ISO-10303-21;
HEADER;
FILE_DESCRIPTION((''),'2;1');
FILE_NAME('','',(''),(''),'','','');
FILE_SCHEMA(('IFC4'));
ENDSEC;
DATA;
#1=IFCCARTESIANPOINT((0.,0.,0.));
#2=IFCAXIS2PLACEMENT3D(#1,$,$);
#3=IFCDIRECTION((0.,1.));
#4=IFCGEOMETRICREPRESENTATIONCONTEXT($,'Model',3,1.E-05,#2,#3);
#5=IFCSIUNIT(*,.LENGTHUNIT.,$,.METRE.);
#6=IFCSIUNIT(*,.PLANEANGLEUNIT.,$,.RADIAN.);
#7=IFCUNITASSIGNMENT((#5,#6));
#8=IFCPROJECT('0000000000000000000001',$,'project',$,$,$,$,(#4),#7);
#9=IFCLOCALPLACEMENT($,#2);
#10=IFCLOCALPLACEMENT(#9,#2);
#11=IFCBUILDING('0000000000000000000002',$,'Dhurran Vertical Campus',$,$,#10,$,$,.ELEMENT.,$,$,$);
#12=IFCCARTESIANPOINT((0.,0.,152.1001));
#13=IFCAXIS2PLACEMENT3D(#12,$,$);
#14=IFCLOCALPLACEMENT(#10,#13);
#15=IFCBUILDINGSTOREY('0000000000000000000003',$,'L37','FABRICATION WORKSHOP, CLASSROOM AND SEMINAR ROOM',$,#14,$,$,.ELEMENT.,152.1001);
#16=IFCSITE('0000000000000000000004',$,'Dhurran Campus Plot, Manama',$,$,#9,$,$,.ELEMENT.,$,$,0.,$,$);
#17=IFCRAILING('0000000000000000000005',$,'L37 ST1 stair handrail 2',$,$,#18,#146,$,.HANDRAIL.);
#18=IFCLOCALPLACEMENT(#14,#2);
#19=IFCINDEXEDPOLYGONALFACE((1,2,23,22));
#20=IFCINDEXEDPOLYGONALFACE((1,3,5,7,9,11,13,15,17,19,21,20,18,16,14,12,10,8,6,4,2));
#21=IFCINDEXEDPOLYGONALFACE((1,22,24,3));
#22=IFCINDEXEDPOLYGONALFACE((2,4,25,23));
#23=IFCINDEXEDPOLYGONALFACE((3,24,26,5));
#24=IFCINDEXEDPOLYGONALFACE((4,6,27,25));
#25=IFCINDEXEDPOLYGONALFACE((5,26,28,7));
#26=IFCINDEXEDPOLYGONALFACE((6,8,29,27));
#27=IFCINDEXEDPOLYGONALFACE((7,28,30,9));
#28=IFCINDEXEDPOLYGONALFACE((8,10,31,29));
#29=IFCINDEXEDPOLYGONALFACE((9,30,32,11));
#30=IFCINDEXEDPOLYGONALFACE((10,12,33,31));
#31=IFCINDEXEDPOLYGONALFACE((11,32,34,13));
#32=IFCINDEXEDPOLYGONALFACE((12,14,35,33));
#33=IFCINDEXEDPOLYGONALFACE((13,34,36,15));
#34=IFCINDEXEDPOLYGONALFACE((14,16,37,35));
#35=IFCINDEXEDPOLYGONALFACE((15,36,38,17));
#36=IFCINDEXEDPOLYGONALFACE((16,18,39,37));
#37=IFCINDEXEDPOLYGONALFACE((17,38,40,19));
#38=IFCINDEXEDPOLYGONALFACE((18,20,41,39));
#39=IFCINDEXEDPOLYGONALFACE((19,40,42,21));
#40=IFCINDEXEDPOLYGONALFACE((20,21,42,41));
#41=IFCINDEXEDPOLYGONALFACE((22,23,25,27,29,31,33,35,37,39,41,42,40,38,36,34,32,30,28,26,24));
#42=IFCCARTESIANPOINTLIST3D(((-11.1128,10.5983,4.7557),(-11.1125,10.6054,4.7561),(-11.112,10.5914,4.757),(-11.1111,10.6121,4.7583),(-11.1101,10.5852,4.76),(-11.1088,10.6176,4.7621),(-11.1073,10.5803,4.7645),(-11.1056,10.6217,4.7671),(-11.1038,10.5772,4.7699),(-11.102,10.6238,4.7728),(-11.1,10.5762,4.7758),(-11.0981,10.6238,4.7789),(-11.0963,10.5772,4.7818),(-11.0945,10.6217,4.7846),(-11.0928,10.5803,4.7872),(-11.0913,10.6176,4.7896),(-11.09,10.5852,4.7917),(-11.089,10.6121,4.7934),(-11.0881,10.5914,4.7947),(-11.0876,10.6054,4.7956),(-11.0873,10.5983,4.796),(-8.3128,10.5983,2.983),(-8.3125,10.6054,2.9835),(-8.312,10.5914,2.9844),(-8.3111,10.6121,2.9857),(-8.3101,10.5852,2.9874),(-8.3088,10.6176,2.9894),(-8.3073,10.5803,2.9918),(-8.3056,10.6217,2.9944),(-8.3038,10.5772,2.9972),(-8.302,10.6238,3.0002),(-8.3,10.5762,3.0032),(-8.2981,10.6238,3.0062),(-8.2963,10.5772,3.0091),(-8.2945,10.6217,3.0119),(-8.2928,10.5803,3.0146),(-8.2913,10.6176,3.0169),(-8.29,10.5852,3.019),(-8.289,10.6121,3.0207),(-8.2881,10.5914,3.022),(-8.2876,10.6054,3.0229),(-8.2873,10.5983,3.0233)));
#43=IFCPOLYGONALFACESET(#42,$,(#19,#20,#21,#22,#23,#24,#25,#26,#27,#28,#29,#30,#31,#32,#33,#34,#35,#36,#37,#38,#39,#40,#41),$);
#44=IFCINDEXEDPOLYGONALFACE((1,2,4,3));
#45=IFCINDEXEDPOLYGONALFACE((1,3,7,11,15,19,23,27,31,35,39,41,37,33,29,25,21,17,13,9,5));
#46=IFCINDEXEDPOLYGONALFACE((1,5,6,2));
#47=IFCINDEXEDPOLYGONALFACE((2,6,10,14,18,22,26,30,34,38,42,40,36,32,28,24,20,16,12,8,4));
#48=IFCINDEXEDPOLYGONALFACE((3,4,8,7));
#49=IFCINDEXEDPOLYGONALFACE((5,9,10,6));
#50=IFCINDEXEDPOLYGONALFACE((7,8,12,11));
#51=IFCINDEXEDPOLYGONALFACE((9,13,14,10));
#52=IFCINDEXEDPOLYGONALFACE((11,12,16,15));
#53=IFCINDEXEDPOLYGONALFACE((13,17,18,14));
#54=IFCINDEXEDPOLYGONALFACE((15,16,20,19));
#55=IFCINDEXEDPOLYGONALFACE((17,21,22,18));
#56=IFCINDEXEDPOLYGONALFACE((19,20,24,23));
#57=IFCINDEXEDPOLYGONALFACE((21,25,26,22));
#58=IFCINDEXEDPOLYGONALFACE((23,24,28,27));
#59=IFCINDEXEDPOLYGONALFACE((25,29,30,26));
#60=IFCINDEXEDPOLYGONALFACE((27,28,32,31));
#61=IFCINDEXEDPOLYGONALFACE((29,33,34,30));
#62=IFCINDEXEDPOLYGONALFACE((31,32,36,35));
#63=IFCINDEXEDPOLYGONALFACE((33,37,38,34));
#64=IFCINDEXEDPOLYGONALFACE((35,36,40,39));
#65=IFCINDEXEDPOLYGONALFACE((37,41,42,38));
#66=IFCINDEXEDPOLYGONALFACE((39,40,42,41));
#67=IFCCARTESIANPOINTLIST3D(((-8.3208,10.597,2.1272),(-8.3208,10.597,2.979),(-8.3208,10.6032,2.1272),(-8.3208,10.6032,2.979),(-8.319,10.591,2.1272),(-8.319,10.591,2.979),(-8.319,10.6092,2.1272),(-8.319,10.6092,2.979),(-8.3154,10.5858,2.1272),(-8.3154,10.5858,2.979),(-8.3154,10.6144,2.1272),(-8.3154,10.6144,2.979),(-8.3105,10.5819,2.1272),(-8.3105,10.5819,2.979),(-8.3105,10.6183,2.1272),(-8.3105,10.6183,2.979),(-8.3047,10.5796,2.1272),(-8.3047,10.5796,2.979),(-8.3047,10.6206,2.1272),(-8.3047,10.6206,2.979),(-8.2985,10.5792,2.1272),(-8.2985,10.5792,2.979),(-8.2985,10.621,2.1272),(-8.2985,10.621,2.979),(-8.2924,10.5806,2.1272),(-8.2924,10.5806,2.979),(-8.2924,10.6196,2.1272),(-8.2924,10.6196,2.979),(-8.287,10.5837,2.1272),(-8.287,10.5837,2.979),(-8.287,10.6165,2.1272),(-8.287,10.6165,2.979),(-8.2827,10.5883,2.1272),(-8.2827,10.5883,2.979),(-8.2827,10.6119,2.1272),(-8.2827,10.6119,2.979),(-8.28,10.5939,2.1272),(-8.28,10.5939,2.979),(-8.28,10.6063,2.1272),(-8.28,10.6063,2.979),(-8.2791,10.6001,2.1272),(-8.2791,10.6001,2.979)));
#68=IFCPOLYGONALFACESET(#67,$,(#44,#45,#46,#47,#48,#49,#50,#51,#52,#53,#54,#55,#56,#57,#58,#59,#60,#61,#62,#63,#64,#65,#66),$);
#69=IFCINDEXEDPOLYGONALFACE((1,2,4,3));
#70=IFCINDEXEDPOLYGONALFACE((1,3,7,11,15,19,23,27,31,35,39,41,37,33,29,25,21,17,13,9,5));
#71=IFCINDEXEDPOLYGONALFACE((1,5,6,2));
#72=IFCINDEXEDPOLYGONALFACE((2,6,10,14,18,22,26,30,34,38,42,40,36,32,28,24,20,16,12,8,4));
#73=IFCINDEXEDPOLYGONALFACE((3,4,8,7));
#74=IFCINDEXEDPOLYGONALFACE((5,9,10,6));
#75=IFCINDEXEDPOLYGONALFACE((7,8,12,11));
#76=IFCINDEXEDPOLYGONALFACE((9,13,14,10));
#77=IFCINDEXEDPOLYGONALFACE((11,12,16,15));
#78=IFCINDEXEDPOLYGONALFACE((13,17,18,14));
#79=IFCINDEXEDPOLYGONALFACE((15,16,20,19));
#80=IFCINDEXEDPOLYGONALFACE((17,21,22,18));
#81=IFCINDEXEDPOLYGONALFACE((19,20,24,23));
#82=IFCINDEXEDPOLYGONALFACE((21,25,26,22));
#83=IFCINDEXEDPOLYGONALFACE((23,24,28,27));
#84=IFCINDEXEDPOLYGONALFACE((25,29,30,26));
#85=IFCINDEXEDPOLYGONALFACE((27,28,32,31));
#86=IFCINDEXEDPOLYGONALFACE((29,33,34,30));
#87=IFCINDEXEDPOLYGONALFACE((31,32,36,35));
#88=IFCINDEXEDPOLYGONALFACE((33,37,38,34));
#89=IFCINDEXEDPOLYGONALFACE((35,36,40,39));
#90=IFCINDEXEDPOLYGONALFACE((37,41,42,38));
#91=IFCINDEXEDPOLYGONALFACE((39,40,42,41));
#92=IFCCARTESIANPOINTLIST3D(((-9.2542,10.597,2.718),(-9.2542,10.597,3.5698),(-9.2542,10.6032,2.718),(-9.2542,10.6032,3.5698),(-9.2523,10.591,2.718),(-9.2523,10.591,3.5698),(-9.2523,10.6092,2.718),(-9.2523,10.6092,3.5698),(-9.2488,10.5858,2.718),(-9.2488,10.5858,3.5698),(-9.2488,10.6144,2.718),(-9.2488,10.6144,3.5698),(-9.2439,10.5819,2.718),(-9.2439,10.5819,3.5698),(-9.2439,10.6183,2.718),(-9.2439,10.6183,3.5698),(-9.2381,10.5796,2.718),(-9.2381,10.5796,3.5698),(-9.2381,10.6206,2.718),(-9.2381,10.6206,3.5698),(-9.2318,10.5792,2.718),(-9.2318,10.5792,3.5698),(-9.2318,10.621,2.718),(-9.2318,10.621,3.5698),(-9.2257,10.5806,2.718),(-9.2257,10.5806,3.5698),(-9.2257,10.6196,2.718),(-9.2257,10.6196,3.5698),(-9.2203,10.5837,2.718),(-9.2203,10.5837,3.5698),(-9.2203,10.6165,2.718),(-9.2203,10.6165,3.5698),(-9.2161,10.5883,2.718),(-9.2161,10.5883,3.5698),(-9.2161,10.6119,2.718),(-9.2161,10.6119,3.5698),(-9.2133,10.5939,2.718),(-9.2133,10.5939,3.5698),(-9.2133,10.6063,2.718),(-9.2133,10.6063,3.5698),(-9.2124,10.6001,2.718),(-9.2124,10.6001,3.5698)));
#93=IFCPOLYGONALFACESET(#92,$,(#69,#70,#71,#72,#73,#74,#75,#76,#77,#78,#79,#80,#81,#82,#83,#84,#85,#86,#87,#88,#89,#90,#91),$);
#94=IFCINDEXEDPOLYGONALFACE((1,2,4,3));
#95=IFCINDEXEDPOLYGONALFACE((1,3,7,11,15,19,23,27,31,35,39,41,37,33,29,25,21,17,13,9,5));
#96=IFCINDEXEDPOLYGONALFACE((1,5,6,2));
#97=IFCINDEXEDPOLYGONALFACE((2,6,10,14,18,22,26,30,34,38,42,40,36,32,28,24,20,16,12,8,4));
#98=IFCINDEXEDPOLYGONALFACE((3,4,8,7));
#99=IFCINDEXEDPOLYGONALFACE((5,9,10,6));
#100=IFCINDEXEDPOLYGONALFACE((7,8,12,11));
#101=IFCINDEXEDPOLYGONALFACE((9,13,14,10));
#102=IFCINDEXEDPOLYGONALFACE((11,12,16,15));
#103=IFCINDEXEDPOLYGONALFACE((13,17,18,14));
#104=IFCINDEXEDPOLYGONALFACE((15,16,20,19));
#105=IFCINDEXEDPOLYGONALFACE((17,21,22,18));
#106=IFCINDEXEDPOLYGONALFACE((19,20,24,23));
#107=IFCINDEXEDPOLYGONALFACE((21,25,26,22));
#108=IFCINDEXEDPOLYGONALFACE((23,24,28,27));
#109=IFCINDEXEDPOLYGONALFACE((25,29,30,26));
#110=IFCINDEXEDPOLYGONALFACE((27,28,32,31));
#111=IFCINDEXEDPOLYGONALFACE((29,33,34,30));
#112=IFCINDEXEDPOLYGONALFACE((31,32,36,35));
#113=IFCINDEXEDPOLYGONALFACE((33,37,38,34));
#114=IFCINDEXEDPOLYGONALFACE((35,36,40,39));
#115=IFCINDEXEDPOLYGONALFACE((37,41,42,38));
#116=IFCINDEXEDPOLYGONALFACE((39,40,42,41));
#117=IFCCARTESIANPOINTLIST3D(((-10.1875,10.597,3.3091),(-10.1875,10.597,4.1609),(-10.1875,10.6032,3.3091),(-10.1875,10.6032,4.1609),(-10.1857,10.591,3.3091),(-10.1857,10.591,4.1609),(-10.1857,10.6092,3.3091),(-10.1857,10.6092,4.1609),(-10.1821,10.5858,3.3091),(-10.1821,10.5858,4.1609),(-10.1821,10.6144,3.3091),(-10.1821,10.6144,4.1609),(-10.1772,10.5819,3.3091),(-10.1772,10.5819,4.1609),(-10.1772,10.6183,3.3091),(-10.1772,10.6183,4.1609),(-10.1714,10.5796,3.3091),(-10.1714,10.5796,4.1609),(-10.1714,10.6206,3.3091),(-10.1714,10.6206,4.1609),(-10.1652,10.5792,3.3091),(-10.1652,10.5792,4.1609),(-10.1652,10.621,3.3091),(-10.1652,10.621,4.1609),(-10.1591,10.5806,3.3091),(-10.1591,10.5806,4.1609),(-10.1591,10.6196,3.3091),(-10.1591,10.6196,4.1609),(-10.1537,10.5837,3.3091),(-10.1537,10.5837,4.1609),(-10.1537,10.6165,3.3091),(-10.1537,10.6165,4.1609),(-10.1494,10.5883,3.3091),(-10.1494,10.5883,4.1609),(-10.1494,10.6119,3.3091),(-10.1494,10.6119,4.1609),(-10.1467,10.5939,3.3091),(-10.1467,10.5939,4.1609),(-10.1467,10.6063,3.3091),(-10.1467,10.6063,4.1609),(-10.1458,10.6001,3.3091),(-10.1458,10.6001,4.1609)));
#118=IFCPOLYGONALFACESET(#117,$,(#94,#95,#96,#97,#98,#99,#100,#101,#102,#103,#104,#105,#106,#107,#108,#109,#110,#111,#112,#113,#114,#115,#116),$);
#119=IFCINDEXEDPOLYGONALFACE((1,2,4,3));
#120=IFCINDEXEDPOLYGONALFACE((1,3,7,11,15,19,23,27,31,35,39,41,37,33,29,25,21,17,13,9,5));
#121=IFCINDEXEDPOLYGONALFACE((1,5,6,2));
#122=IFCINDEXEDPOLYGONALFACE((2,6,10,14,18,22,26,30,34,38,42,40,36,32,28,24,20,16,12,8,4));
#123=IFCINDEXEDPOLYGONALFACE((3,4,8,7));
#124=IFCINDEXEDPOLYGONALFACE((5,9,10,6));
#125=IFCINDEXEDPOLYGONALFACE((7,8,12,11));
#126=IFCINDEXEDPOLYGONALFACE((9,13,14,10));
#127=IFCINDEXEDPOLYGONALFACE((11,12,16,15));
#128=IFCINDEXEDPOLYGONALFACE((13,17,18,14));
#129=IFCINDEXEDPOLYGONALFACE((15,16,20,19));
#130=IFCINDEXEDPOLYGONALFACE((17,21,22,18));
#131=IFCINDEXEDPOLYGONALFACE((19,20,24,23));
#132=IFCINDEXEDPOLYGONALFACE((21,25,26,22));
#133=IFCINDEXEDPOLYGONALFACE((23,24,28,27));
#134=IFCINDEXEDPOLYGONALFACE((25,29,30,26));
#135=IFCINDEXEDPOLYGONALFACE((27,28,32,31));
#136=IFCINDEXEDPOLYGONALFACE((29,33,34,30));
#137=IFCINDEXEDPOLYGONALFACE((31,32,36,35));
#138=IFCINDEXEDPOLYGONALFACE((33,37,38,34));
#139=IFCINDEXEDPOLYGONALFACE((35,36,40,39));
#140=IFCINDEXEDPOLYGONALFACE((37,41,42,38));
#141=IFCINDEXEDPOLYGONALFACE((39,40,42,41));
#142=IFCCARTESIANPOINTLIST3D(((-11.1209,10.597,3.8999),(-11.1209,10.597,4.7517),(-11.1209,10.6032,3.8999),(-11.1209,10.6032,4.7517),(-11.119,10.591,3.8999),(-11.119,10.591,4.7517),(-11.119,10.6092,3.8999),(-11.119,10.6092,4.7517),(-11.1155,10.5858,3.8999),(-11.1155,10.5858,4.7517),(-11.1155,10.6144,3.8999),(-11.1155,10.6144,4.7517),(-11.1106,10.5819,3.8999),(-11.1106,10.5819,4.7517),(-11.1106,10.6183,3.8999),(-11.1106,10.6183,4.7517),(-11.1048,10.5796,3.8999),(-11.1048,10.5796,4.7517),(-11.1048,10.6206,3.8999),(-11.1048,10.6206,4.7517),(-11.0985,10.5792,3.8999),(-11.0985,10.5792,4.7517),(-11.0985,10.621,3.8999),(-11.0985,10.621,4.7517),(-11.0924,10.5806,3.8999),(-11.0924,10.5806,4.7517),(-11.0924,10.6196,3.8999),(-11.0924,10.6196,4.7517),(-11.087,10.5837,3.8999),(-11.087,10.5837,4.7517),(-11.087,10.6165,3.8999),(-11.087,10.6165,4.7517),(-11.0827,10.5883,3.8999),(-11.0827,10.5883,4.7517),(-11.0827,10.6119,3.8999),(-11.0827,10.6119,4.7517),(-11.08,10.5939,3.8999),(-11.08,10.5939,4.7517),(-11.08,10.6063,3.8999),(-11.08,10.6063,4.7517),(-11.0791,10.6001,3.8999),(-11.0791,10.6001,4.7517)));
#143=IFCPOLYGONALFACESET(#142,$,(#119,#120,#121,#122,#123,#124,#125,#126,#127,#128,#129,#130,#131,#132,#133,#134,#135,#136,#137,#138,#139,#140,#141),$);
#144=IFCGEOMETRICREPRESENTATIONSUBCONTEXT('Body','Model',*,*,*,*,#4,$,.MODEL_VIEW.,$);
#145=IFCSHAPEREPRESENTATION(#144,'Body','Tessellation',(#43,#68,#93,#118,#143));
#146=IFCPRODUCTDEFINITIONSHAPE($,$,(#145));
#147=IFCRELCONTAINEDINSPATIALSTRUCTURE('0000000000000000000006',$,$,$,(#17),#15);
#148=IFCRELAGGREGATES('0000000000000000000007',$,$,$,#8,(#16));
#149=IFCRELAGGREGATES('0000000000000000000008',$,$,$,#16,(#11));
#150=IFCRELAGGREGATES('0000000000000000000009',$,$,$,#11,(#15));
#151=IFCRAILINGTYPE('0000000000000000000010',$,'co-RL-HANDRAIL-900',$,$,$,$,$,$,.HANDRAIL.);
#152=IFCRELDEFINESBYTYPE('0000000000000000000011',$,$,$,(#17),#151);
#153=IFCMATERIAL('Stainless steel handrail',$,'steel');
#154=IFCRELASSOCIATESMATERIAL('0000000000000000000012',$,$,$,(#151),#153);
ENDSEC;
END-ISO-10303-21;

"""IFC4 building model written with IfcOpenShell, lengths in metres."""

from ifc_helpers import new_model, si_unit, direction, frame, origin, origin_2d, place, context, subcontext, project, spatial, circle, extrude, material, type_object, element, save


model = new_model("IFC4")

# Units and contexts
model_context = context("Model", 3, precision=1e-05, world=origin(), true_north=direction((0.0, 1.0)))
body_context = subcontext(model_context, "Body", "Model", "MODEL_VIEW")
ifc_project = project(units=[si_unit("LENGTHUNIT", "METRE"), si_unit("PLANEANGLEUNIT", "RADIAN")], contexts=[model_context])

# Site, building, storey
site_placement = place(None, origin())
site = spatial("IfcSite", under=ifc_project, at=site_placement, Name="Dhurran Campus Plot, Manama", CompositionType="ELEMENT", RefElevation=0.0)
building_placement = place(site_placement, origin())
building = spatial("IfcBuilding", under=site, at=building_placement, Name="Dhurran Vertical Campus", CompositionType="ELEMENT")
storey_placement = place(building_placement, frame((0.0, 0.0, 152.1001)))
storey = spatial("IfcBuildingStorey", under=building, at=storey_placement, Name="L37", Description="FABRICATION WORKSHOP, CLASSROOM AND SEMINAR ROOM", CompositionType="ELEMENT", Elevation=152.1001)

# Railing
ifc_material_1 = material(Name="Stainless steel handrail", Category="steel")
railing_type_1 = type_object("IfcRailingType", Name="co-RL-HANDRAIL-900", PredefinedType="HANDRAIL", material=ifc_material_1)
railing_1_placement = place(storey_placement, frame((-8.3, 10.6001, 2.1272)))
element("IfcRailing", 1, at=railing_1_placement, inside=storey, type_object=railing_type_1, Name="L37 ST1 stair handrail 2", PredefinedType="HANDRAIL", context=body_context, shape_type="SweptSolid", body=[
    extrude(circle(Radius=0.0239, at=origin_2d()), frame((0.0, 0.0, 0.876), z_axis=(-0.844909, 0.0, 0.53491), x_axis=(0.0, -1.0, 0.0)), (0.0, 0.0, 1.0), 3.314),
    extrude(circle(Radius=0.021, at=origin_2d()), origin(), (0.0, 0.0, 1.0), 0.8518),
    extrude(circle(Radius=0.021, at=origin_2d()), frame((-0.9333, 0.0, 0.5908)), (0.0, 0.0, 1.0), 0.8518),
    extrude(circle(Radius=0.021, at=origin_2d()), frame((-1.8667, 0.0, 1.1819)), (0.0, 0.0, 1.0), 0.8518),
    extrude(circle(Radius=0.021, at=origin_2d()), frame((-2.8, 0.0, 1.7727)), (0.0, 0.0, 1.0), 0.8518),
])

save(model, "model.ifc")
